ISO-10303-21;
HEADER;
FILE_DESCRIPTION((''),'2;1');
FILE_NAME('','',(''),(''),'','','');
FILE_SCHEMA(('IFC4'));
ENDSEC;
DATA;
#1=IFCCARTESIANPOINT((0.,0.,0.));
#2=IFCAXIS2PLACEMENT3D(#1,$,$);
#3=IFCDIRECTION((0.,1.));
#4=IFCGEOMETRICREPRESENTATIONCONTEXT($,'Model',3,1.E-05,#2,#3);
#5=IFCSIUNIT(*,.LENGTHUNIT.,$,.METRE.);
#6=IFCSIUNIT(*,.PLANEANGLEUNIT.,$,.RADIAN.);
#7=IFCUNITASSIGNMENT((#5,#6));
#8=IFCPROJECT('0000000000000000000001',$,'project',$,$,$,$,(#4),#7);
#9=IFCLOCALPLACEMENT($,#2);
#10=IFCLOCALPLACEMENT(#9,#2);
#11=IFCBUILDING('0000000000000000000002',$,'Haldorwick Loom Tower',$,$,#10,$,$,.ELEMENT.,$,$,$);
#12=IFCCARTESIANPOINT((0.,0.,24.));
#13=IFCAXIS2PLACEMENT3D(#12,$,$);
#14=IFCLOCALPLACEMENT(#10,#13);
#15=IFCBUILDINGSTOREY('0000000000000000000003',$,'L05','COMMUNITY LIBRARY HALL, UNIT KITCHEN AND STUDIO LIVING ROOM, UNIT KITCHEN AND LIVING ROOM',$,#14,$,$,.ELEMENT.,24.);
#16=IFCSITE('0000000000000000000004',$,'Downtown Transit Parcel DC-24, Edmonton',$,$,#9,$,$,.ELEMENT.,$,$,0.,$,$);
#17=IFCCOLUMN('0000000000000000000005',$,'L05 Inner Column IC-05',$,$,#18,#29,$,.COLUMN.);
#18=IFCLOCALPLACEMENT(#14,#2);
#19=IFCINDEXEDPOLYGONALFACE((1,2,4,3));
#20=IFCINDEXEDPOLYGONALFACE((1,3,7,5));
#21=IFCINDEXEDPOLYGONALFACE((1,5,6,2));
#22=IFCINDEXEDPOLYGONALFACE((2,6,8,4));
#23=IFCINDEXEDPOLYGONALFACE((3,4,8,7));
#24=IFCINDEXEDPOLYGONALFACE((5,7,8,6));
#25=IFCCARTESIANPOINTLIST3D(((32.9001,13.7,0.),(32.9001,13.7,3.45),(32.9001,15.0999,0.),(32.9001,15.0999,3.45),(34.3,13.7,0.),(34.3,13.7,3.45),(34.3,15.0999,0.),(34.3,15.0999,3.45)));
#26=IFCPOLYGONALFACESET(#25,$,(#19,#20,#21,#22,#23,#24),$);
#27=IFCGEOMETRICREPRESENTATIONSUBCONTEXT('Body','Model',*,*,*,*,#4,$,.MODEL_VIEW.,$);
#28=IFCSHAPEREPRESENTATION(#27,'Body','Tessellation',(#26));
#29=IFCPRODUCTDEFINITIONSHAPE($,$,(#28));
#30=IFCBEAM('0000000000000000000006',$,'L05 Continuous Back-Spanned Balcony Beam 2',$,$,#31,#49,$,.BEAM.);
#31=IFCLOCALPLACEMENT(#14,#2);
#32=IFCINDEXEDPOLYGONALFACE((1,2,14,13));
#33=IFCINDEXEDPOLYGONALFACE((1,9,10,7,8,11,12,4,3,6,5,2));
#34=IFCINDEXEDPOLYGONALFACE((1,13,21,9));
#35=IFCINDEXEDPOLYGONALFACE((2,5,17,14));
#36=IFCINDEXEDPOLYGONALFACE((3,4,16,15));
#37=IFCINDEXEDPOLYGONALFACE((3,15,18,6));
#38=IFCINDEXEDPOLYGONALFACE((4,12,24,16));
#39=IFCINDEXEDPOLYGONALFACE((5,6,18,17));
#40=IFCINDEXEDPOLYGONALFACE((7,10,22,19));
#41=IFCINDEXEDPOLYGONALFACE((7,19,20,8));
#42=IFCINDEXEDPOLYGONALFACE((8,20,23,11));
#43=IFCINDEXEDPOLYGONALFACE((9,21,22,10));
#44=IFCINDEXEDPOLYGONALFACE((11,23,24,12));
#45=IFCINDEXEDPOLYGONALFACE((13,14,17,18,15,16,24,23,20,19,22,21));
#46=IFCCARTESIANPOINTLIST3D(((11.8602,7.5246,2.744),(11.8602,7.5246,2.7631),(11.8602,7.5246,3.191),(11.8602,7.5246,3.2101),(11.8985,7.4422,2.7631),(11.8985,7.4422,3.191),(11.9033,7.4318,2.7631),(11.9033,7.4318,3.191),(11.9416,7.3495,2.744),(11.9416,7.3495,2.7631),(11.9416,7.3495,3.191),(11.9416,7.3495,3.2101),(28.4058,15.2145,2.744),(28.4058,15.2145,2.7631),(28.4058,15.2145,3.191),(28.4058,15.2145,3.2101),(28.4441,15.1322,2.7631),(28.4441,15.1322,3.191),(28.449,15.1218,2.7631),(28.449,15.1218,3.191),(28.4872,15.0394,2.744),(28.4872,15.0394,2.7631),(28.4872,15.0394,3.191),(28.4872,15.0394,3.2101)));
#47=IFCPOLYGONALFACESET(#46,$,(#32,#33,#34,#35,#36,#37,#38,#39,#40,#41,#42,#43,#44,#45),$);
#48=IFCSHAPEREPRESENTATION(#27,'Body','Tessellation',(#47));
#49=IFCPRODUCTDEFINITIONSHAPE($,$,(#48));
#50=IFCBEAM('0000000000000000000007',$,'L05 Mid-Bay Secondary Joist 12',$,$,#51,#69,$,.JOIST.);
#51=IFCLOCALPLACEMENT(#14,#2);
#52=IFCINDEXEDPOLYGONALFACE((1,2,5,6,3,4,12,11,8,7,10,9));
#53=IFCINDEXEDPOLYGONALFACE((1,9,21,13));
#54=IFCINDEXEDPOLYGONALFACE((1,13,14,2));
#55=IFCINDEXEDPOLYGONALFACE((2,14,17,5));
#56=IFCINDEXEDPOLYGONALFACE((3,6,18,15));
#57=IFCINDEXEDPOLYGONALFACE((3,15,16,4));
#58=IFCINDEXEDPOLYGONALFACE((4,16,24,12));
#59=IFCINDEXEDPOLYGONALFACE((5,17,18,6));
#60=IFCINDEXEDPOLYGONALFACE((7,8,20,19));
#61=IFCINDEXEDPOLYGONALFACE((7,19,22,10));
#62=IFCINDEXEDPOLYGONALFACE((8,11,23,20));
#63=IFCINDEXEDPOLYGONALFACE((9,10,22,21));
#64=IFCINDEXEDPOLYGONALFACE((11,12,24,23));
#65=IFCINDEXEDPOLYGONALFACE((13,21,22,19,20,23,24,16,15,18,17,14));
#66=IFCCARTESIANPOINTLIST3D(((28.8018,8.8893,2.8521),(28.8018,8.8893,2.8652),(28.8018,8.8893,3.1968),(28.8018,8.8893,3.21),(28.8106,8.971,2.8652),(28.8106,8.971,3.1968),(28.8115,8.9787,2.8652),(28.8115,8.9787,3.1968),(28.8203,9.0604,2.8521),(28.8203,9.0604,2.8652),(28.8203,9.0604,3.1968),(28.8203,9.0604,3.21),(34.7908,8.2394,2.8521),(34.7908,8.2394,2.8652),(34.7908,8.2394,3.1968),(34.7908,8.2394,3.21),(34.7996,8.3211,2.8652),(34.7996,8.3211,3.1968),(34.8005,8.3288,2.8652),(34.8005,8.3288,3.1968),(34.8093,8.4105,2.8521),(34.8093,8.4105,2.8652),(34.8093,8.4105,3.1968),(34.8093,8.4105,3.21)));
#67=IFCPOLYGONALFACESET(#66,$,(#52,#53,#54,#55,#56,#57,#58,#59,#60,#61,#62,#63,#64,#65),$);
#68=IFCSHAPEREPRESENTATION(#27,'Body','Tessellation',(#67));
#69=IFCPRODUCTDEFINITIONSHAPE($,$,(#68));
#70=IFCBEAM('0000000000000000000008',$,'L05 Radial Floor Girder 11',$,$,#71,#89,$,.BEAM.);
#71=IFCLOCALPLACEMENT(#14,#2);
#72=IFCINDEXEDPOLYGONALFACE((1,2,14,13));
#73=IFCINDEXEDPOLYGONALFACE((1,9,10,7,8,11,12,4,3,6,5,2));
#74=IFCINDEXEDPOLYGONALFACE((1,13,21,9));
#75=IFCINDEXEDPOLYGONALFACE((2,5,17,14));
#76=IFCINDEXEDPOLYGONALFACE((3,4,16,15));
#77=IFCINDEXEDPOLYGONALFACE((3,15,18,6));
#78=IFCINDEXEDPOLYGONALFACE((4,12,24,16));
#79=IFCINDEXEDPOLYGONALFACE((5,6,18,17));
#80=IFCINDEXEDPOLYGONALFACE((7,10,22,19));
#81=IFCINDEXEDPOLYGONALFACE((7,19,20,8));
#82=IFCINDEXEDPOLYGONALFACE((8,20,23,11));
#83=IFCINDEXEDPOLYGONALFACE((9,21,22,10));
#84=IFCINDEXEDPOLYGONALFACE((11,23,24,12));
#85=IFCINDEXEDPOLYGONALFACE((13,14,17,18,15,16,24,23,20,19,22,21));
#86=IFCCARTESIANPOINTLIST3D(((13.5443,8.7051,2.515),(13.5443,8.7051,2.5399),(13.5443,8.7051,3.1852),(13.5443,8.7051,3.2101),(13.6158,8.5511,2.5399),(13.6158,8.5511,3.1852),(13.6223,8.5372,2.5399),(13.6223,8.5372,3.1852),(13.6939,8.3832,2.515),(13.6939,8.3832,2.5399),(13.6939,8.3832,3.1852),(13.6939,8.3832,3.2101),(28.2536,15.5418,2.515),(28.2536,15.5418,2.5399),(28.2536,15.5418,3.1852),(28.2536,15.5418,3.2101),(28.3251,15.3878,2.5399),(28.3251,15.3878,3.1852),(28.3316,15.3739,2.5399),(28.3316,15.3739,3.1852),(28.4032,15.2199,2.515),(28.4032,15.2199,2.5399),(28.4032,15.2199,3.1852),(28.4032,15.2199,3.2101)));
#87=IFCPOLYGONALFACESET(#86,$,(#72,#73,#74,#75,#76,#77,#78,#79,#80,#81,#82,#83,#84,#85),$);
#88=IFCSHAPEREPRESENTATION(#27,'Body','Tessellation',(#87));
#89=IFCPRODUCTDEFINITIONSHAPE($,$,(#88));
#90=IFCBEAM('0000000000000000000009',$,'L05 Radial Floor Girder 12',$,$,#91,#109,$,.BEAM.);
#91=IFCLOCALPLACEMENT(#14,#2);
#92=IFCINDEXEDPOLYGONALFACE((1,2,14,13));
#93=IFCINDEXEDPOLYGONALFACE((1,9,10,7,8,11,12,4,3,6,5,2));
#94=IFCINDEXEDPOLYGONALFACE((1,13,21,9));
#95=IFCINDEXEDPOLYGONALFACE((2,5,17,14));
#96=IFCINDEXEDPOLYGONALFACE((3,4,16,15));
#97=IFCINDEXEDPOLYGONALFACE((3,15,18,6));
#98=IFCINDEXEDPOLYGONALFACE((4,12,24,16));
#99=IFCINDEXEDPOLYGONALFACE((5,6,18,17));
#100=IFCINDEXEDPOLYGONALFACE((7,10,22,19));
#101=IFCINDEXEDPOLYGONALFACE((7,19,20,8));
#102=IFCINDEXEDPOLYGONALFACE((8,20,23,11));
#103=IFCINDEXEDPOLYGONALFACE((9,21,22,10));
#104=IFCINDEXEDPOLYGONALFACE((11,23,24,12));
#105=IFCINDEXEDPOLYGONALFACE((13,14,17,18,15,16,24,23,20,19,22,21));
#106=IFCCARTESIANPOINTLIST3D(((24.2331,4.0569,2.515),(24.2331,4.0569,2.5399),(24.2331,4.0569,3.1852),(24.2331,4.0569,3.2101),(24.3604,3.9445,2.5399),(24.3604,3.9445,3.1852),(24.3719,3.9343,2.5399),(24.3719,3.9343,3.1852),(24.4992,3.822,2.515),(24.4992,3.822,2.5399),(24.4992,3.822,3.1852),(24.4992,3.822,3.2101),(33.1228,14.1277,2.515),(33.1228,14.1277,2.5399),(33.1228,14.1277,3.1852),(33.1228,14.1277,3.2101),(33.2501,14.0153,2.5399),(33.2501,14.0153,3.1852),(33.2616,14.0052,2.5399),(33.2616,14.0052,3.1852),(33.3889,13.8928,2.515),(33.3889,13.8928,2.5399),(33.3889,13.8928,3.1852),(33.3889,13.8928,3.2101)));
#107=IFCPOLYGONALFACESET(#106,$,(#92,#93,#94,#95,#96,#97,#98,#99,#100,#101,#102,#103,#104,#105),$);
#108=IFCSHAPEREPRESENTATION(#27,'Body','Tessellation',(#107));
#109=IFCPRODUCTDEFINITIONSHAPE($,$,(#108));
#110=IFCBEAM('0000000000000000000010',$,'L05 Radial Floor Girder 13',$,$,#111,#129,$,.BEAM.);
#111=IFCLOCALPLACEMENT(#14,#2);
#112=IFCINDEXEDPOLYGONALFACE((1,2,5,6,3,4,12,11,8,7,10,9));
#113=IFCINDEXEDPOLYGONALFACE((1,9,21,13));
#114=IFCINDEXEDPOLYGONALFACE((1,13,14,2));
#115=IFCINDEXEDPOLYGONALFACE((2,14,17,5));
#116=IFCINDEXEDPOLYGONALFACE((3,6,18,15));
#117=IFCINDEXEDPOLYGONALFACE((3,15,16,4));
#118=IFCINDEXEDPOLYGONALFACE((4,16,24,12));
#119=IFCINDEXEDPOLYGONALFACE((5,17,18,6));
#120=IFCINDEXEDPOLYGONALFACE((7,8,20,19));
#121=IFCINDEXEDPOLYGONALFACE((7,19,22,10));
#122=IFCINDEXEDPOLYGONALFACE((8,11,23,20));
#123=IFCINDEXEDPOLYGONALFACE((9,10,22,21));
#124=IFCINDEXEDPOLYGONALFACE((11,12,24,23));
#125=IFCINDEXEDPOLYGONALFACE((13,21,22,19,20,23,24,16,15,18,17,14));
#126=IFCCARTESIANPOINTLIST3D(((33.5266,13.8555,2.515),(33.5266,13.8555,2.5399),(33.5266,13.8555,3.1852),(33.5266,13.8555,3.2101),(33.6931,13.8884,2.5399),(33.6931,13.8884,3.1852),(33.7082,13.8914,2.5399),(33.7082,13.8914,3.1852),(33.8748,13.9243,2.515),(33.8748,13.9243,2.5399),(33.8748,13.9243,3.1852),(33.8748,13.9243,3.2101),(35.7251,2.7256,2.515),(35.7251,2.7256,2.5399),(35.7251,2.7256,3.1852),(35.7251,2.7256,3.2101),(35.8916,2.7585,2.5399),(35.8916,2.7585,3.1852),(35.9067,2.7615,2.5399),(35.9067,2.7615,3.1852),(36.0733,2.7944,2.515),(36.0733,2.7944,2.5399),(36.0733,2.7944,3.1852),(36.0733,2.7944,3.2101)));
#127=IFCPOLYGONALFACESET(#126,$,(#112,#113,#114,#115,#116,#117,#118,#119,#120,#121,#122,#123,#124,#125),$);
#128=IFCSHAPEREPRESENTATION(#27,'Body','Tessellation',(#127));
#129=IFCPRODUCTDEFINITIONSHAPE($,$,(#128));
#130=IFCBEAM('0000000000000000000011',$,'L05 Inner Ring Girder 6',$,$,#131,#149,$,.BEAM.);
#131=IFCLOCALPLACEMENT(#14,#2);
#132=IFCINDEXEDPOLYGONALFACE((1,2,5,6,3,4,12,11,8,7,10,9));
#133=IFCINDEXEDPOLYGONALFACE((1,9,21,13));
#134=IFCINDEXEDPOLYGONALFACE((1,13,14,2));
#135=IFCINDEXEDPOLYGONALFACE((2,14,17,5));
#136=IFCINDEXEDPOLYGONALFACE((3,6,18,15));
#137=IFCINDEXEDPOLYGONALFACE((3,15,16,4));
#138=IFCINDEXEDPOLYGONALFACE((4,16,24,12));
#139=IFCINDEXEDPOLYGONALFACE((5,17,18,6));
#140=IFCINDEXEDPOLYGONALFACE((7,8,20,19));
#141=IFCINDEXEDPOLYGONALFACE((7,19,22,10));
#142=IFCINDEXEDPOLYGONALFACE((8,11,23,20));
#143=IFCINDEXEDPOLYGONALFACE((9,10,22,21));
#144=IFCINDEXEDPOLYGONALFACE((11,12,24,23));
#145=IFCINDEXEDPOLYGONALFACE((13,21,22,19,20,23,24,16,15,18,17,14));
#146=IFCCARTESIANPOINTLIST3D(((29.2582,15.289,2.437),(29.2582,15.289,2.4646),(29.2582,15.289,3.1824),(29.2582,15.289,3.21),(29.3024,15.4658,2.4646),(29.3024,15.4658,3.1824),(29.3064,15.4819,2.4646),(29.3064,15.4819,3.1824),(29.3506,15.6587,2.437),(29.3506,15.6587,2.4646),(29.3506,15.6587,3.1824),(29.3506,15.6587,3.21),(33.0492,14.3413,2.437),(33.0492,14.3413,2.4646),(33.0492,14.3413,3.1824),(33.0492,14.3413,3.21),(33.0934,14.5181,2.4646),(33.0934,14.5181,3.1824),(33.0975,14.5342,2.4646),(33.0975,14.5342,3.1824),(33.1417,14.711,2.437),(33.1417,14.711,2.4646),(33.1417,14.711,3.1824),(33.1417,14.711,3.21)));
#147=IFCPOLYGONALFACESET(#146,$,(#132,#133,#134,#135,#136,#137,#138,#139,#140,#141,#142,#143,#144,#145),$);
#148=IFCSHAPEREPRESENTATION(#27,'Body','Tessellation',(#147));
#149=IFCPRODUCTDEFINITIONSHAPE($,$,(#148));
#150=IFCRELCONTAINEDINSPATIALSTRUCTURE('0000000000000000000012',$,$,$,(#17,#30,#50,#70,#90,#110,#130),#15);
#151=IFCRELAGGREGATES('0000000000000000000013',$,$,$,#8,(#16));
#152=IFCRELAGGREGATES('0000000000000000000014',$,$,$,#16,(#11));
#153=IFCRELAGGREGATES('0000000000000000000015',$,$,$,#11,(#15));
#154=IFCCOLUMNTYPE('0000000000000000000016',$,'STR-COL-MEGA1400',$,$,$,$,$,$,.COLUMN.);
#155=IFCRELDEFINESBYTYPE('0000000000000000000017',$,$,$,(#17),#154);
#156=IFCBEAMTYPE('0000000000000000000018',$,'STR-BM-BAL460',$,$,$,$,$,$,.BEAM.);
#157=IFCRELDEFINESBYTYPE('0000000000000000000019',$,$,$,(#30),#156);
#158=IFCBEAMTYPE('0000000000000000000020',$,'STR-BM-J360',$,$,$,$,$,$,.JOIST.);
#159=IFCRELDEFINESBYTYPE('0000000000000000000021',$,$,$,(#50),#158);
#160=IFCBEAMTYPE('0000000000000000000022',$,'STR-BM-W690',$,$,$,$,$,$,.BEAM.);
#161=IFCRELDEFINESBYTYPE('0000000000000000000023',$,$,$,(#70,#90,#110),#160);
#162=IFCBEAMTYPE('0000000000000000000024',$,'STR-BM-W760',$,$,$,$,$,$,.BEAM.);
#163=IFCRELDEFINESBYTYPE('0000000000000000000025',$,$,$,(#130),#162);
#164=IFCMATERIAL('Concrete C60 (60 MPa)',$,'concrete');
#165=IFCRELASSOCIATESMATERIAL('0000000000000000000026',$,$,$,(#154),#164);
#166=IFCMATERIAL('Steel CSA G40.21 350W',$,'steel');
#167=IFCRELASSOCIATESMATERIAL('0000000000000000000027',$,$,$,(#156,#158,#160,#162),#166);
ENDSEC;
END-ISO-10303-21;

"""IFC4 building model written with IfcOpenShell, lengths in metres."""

from ifc_helpers import new_model, si_unit, direction, frame, origin, origin_2d, place, context, subcontext, project, spatial, rectangle, i_section, extrude, material, material_profile, profile_set, type_object, element, save


model = new_model("IFC4")

# Units and contexts
model_context = context("Model", 3, precision=1e-05, world=origin(), true_north=direction((0.0, 1.0)))
body_context = subcontext(model_context, "Body", "Model", "MODEL_VIEW")
ifc_project = project(units=[si_unit("LENGTHUNIT", "METRE"), si_unit("PLANEANGLEUNIT", "RADIAN")], contexts=[model_context])

# Site, building, storey
site_placement = place(None, origin())
site = spatial("IfcSite", under=ifc_project, at=site_placement, Name="Downtown Transit Parcel DC-24, Edmonton", CompositionType="ELEMENT", RefElevation=0.0)
building_placement = place(site_placement, origin())
building = spatial("IfcBuilding", under=site, at=building_placement, Name="Haldorwick Loom Tower", CompositionType="ELEMENT")
storey_placement = place(building_placement, frame((0.0, 0.0, 24.0)))
storey = spatial("IfcBuildingStorey", under=building, at=storey_placement, Name="L05", Description="COMMUNITY LIBRARY HALL, UNIT KITCHEN AND STUDIO LIVING ROOM, UNIT KITCHEN AND LIVING ROOM", CompositionType="ELEMENT", Elevation=24.0)

# Column
ifc_material_1 = material(Name="Concrete C60 (60 MPa)", Category="concrete")
ifc_material_profile_1 = material_profile(ifc_material_1, rectangle(XDim=1.3999, YDim=1.3999, at=origin_2d()), Name="RC1400X1400", Category="concrete")
ifc_profile_set_1 = profile_set([ifc_material_profile_1], Name="Concrete C60 (60 MPa)")
column_type = type_object("IfcColumnType", Name="STR-COL-MEGA1400", PredefinedType="COLUMN", material=ifc_profile_set_1)
column_placement = place(storey_placement, frame((33.6001, 14.3999, 0.0), z_axis=(0.0, 0.0, 1.0), x_axis=(1.0, 0.0, 0.0)))
element("IfcColumn", 1, at=column_placement, inside=storey, type_object=column_type, Name="L05 Inner Column IC-05", PredefinedType="COLUMN", context=body_context, shape_type="SweptSolid", body=[
    extrude(rectangle(XDim=1.3999, YDim=1.3999, at=origin_2d()), origin(), (0.0, 0.0, 1.0), 3.45),
])

# Beams
ifc_material_2 = material(Name="Steel CSA G40.21 350W", Category="steel")
ifc_material_profile_2 = material_profile(ifc_material_2, i_section(OverallWidth=0.1931, OverallDepth=0.4661, WebThickness=0.0115, FlangeThickness=0.019, at=origin_2d()), Name="W460X97", Category="steel")
ifc_profile_set_2 = profile_set([ifc_material_profile_2], Name="Steel CSA G40.21 350W")
beam_type_1 = type_object("IfcBeamType", Name="STR-BM-BAL460", PredefinedType="BEAM", material=ifc_profile_set_2)
beam_1_placement = place(storey_placement, frame((28.4465, 15.127, 2.9771), z_axis=(-0.906841, -0.421473, 0.0), x_axis=(0.421473, -0.906841, 0.0)))
element("IfcBeam", 2, at=beam_1_placement, inside=storey, type_object=beam_type_1, Name="L05 Continuous Back-Spanned Balcony Beam 2", PredefinedType="BEAM", context=body_context, shape_type="SweptSolid", body=[
    extrude(i_section(OverallWidth=0.1931, OverallDepth=0.4661, WebThickness=0.0115, FlangeThickness=0.019, at=origin_2d()), origin(), (0.0, 0.0, 1.0), 18.2454),
])
ifc_material_profile_3 = material_profile(ifc_material_2, i_section(OverallWidth=0.1721, OverallDepth=0.3579, WebThickness=0.0078, FlangeThickness=0.0132, at=origin_2d()), Name="W360X57", Category="steel")
ifc_profile_set_3 = profile_set([ifc_material_profile_3], Name="Steel CSA G40.21 350W")
beam_type_2 = type_object("IfcBeamType", Name="STR-BM-J360", PredefinedType="JOIST", material=ifc_profile_set_3)
beam_2_placement = place(storey_placement, frame((28.811, 8.9749, 3.031), z_axis=(0.994164, -0.107882, 0.0), x_axis=(0.107882, 0.994164, 0.0)))
element("IfcBeam", 3, at=beam_2_placement, inside=storey, type_object=beam_type_2, Name="L05 Mid-Bay Secondary Joist 12", PredefinedType="JOIST", context=body_context, shape_type="SweptSolid", body=[
    extrude(i_section(OverallWidth=0.1721, OverallDepth=0.3579, WebThickness=0.0078, FlangeThickness=0.0132, at=origin_2d()), origin(), (0.0, 0.0, 1.0), 6.0242),
])
ifc_material_profile_4 = material_profile(ifc_material_2, i_section(OverallWidth=0.355, OverallDepth=0.6951, WebThickness=0.0154, FlangeThickness=0.0249, at=origin_2d()), Name="W690X217", Category="steel")
ifc_profile_set_4 = profile_set([ifc_material_profile_4], Name="Steel CSA G40.21 350W")
beam_type_3 = type_object("IfcBeamType", Name="STR-BM-W690", PredefinedType="BEAM", material=ifc_profile_set_4)
beam_3_placement = place(storey_placement, frame((28.3284, 15.3809, 2.8625), z_axis=(-0.906835, -0.421486, 0.0), x_axis=(0.421486, -0.906835, 0.0)))
element("IfcBeam", 4, at=beam_3_placement, inside=storey, type_object=beam_type_3, Name="L05 Radial Floor Girder 11", PredefinedType="BEAM", context=body_context, shape_type="SweptSolid", body=[
    extrude(i_section(OverallWidth=0.355, OverallDepth=0.6951, WebThickness=0.0154, FlangeThickness=0.0249, at=origin_2d()), origin(), (0.0, 0.0, 1.0), 16.2205),
])
beam_4_placement = place(storey_placement, frame((33.2559, 14.0103, 2.8625), z_axis=(-0.661774, -0.749703, 0.0), x_axis=(0.749703, -0.661774, 0.0)))
element("IfcBeam", 5, at=beam_4_placement, inside=storey, type_object=beam_type_3, Name="L05 Radial Floor Girder 12", PredefinedType="BEAM", context=body_context, shape_type="SweptSolid", body=[
    extrude(i_section(OverallWidth=0.355, OverallDepth=0.6951, WebThickness=0.0154, FlangeThickness=0.0249, at=origin_2d()), origin(), (0.0, 0.0, 1.0), 13.4331),
])
beam_5_placement = place(storey_placement, frame((33.7007, 13.8899, 2.8625), z_axis=(0.193786, -0.981044, 0.0), x_axis=(0.981044, 0.193786, 0.0)))
element("IfcBeam", 6, at=beam_5_placement, inside=storey, type_object=beam_type_3, Name="L05 Radial Floor Girder 13", PredefinedType="BEAM", context=body_context, shape_type="SweptSolid", body=[
    extrude(i_section(OverallWidth=0.355, OverallDepth=0.6951, WebThickness=0.0154, FlangeThickness=0.0249, at=origin_2d()), origin(), (0.0, 0.0, 1.0), 11.345),
])
ifc_material_profile_5 = material_profile(ifc_material_2, i_section(OverallWidth=0.3811, OverallDepth=0.7729, WebThickness=0.0166, FlangeThickness=0.0276, at=origin_2d()), Name="W760X257", Category="steel")
ifc_profile_set_5 = profile_set([ifc_material_profile_5], Name="Steel CSA G40.21 350W")
beam_type_4 = type_object("IfcBeamType", Name="STR-BM-W760", PredefinedType="BEAM", material=ifc_profile_set_5)
beam_6_placement = place(storey_placement, frame((33.0955, 14.5261, 2.8235), z_axis=(-0.970143, 0.242536, 0.0), x_axis=(-0.242536, -0.970143, 0.0)))
element("IfcBeam", 7, at=beam_6_placement, inside=storey, type_object=beam_type_4, Name="L05 Inner Ring Girder 6", PredefinedType="BEAM", context=body_context, shape_type="SweptSolid", body=[
    extrude(i_section(OverallWidth=0.3811, OverallDepth=0.7729, WebThickness=0.0166, FlangeThickness=0.0276, at=origin_2d()), origin(), (0.0, 0.0, 1.0), 3.9077),
])

save(model, "model.ifc")
